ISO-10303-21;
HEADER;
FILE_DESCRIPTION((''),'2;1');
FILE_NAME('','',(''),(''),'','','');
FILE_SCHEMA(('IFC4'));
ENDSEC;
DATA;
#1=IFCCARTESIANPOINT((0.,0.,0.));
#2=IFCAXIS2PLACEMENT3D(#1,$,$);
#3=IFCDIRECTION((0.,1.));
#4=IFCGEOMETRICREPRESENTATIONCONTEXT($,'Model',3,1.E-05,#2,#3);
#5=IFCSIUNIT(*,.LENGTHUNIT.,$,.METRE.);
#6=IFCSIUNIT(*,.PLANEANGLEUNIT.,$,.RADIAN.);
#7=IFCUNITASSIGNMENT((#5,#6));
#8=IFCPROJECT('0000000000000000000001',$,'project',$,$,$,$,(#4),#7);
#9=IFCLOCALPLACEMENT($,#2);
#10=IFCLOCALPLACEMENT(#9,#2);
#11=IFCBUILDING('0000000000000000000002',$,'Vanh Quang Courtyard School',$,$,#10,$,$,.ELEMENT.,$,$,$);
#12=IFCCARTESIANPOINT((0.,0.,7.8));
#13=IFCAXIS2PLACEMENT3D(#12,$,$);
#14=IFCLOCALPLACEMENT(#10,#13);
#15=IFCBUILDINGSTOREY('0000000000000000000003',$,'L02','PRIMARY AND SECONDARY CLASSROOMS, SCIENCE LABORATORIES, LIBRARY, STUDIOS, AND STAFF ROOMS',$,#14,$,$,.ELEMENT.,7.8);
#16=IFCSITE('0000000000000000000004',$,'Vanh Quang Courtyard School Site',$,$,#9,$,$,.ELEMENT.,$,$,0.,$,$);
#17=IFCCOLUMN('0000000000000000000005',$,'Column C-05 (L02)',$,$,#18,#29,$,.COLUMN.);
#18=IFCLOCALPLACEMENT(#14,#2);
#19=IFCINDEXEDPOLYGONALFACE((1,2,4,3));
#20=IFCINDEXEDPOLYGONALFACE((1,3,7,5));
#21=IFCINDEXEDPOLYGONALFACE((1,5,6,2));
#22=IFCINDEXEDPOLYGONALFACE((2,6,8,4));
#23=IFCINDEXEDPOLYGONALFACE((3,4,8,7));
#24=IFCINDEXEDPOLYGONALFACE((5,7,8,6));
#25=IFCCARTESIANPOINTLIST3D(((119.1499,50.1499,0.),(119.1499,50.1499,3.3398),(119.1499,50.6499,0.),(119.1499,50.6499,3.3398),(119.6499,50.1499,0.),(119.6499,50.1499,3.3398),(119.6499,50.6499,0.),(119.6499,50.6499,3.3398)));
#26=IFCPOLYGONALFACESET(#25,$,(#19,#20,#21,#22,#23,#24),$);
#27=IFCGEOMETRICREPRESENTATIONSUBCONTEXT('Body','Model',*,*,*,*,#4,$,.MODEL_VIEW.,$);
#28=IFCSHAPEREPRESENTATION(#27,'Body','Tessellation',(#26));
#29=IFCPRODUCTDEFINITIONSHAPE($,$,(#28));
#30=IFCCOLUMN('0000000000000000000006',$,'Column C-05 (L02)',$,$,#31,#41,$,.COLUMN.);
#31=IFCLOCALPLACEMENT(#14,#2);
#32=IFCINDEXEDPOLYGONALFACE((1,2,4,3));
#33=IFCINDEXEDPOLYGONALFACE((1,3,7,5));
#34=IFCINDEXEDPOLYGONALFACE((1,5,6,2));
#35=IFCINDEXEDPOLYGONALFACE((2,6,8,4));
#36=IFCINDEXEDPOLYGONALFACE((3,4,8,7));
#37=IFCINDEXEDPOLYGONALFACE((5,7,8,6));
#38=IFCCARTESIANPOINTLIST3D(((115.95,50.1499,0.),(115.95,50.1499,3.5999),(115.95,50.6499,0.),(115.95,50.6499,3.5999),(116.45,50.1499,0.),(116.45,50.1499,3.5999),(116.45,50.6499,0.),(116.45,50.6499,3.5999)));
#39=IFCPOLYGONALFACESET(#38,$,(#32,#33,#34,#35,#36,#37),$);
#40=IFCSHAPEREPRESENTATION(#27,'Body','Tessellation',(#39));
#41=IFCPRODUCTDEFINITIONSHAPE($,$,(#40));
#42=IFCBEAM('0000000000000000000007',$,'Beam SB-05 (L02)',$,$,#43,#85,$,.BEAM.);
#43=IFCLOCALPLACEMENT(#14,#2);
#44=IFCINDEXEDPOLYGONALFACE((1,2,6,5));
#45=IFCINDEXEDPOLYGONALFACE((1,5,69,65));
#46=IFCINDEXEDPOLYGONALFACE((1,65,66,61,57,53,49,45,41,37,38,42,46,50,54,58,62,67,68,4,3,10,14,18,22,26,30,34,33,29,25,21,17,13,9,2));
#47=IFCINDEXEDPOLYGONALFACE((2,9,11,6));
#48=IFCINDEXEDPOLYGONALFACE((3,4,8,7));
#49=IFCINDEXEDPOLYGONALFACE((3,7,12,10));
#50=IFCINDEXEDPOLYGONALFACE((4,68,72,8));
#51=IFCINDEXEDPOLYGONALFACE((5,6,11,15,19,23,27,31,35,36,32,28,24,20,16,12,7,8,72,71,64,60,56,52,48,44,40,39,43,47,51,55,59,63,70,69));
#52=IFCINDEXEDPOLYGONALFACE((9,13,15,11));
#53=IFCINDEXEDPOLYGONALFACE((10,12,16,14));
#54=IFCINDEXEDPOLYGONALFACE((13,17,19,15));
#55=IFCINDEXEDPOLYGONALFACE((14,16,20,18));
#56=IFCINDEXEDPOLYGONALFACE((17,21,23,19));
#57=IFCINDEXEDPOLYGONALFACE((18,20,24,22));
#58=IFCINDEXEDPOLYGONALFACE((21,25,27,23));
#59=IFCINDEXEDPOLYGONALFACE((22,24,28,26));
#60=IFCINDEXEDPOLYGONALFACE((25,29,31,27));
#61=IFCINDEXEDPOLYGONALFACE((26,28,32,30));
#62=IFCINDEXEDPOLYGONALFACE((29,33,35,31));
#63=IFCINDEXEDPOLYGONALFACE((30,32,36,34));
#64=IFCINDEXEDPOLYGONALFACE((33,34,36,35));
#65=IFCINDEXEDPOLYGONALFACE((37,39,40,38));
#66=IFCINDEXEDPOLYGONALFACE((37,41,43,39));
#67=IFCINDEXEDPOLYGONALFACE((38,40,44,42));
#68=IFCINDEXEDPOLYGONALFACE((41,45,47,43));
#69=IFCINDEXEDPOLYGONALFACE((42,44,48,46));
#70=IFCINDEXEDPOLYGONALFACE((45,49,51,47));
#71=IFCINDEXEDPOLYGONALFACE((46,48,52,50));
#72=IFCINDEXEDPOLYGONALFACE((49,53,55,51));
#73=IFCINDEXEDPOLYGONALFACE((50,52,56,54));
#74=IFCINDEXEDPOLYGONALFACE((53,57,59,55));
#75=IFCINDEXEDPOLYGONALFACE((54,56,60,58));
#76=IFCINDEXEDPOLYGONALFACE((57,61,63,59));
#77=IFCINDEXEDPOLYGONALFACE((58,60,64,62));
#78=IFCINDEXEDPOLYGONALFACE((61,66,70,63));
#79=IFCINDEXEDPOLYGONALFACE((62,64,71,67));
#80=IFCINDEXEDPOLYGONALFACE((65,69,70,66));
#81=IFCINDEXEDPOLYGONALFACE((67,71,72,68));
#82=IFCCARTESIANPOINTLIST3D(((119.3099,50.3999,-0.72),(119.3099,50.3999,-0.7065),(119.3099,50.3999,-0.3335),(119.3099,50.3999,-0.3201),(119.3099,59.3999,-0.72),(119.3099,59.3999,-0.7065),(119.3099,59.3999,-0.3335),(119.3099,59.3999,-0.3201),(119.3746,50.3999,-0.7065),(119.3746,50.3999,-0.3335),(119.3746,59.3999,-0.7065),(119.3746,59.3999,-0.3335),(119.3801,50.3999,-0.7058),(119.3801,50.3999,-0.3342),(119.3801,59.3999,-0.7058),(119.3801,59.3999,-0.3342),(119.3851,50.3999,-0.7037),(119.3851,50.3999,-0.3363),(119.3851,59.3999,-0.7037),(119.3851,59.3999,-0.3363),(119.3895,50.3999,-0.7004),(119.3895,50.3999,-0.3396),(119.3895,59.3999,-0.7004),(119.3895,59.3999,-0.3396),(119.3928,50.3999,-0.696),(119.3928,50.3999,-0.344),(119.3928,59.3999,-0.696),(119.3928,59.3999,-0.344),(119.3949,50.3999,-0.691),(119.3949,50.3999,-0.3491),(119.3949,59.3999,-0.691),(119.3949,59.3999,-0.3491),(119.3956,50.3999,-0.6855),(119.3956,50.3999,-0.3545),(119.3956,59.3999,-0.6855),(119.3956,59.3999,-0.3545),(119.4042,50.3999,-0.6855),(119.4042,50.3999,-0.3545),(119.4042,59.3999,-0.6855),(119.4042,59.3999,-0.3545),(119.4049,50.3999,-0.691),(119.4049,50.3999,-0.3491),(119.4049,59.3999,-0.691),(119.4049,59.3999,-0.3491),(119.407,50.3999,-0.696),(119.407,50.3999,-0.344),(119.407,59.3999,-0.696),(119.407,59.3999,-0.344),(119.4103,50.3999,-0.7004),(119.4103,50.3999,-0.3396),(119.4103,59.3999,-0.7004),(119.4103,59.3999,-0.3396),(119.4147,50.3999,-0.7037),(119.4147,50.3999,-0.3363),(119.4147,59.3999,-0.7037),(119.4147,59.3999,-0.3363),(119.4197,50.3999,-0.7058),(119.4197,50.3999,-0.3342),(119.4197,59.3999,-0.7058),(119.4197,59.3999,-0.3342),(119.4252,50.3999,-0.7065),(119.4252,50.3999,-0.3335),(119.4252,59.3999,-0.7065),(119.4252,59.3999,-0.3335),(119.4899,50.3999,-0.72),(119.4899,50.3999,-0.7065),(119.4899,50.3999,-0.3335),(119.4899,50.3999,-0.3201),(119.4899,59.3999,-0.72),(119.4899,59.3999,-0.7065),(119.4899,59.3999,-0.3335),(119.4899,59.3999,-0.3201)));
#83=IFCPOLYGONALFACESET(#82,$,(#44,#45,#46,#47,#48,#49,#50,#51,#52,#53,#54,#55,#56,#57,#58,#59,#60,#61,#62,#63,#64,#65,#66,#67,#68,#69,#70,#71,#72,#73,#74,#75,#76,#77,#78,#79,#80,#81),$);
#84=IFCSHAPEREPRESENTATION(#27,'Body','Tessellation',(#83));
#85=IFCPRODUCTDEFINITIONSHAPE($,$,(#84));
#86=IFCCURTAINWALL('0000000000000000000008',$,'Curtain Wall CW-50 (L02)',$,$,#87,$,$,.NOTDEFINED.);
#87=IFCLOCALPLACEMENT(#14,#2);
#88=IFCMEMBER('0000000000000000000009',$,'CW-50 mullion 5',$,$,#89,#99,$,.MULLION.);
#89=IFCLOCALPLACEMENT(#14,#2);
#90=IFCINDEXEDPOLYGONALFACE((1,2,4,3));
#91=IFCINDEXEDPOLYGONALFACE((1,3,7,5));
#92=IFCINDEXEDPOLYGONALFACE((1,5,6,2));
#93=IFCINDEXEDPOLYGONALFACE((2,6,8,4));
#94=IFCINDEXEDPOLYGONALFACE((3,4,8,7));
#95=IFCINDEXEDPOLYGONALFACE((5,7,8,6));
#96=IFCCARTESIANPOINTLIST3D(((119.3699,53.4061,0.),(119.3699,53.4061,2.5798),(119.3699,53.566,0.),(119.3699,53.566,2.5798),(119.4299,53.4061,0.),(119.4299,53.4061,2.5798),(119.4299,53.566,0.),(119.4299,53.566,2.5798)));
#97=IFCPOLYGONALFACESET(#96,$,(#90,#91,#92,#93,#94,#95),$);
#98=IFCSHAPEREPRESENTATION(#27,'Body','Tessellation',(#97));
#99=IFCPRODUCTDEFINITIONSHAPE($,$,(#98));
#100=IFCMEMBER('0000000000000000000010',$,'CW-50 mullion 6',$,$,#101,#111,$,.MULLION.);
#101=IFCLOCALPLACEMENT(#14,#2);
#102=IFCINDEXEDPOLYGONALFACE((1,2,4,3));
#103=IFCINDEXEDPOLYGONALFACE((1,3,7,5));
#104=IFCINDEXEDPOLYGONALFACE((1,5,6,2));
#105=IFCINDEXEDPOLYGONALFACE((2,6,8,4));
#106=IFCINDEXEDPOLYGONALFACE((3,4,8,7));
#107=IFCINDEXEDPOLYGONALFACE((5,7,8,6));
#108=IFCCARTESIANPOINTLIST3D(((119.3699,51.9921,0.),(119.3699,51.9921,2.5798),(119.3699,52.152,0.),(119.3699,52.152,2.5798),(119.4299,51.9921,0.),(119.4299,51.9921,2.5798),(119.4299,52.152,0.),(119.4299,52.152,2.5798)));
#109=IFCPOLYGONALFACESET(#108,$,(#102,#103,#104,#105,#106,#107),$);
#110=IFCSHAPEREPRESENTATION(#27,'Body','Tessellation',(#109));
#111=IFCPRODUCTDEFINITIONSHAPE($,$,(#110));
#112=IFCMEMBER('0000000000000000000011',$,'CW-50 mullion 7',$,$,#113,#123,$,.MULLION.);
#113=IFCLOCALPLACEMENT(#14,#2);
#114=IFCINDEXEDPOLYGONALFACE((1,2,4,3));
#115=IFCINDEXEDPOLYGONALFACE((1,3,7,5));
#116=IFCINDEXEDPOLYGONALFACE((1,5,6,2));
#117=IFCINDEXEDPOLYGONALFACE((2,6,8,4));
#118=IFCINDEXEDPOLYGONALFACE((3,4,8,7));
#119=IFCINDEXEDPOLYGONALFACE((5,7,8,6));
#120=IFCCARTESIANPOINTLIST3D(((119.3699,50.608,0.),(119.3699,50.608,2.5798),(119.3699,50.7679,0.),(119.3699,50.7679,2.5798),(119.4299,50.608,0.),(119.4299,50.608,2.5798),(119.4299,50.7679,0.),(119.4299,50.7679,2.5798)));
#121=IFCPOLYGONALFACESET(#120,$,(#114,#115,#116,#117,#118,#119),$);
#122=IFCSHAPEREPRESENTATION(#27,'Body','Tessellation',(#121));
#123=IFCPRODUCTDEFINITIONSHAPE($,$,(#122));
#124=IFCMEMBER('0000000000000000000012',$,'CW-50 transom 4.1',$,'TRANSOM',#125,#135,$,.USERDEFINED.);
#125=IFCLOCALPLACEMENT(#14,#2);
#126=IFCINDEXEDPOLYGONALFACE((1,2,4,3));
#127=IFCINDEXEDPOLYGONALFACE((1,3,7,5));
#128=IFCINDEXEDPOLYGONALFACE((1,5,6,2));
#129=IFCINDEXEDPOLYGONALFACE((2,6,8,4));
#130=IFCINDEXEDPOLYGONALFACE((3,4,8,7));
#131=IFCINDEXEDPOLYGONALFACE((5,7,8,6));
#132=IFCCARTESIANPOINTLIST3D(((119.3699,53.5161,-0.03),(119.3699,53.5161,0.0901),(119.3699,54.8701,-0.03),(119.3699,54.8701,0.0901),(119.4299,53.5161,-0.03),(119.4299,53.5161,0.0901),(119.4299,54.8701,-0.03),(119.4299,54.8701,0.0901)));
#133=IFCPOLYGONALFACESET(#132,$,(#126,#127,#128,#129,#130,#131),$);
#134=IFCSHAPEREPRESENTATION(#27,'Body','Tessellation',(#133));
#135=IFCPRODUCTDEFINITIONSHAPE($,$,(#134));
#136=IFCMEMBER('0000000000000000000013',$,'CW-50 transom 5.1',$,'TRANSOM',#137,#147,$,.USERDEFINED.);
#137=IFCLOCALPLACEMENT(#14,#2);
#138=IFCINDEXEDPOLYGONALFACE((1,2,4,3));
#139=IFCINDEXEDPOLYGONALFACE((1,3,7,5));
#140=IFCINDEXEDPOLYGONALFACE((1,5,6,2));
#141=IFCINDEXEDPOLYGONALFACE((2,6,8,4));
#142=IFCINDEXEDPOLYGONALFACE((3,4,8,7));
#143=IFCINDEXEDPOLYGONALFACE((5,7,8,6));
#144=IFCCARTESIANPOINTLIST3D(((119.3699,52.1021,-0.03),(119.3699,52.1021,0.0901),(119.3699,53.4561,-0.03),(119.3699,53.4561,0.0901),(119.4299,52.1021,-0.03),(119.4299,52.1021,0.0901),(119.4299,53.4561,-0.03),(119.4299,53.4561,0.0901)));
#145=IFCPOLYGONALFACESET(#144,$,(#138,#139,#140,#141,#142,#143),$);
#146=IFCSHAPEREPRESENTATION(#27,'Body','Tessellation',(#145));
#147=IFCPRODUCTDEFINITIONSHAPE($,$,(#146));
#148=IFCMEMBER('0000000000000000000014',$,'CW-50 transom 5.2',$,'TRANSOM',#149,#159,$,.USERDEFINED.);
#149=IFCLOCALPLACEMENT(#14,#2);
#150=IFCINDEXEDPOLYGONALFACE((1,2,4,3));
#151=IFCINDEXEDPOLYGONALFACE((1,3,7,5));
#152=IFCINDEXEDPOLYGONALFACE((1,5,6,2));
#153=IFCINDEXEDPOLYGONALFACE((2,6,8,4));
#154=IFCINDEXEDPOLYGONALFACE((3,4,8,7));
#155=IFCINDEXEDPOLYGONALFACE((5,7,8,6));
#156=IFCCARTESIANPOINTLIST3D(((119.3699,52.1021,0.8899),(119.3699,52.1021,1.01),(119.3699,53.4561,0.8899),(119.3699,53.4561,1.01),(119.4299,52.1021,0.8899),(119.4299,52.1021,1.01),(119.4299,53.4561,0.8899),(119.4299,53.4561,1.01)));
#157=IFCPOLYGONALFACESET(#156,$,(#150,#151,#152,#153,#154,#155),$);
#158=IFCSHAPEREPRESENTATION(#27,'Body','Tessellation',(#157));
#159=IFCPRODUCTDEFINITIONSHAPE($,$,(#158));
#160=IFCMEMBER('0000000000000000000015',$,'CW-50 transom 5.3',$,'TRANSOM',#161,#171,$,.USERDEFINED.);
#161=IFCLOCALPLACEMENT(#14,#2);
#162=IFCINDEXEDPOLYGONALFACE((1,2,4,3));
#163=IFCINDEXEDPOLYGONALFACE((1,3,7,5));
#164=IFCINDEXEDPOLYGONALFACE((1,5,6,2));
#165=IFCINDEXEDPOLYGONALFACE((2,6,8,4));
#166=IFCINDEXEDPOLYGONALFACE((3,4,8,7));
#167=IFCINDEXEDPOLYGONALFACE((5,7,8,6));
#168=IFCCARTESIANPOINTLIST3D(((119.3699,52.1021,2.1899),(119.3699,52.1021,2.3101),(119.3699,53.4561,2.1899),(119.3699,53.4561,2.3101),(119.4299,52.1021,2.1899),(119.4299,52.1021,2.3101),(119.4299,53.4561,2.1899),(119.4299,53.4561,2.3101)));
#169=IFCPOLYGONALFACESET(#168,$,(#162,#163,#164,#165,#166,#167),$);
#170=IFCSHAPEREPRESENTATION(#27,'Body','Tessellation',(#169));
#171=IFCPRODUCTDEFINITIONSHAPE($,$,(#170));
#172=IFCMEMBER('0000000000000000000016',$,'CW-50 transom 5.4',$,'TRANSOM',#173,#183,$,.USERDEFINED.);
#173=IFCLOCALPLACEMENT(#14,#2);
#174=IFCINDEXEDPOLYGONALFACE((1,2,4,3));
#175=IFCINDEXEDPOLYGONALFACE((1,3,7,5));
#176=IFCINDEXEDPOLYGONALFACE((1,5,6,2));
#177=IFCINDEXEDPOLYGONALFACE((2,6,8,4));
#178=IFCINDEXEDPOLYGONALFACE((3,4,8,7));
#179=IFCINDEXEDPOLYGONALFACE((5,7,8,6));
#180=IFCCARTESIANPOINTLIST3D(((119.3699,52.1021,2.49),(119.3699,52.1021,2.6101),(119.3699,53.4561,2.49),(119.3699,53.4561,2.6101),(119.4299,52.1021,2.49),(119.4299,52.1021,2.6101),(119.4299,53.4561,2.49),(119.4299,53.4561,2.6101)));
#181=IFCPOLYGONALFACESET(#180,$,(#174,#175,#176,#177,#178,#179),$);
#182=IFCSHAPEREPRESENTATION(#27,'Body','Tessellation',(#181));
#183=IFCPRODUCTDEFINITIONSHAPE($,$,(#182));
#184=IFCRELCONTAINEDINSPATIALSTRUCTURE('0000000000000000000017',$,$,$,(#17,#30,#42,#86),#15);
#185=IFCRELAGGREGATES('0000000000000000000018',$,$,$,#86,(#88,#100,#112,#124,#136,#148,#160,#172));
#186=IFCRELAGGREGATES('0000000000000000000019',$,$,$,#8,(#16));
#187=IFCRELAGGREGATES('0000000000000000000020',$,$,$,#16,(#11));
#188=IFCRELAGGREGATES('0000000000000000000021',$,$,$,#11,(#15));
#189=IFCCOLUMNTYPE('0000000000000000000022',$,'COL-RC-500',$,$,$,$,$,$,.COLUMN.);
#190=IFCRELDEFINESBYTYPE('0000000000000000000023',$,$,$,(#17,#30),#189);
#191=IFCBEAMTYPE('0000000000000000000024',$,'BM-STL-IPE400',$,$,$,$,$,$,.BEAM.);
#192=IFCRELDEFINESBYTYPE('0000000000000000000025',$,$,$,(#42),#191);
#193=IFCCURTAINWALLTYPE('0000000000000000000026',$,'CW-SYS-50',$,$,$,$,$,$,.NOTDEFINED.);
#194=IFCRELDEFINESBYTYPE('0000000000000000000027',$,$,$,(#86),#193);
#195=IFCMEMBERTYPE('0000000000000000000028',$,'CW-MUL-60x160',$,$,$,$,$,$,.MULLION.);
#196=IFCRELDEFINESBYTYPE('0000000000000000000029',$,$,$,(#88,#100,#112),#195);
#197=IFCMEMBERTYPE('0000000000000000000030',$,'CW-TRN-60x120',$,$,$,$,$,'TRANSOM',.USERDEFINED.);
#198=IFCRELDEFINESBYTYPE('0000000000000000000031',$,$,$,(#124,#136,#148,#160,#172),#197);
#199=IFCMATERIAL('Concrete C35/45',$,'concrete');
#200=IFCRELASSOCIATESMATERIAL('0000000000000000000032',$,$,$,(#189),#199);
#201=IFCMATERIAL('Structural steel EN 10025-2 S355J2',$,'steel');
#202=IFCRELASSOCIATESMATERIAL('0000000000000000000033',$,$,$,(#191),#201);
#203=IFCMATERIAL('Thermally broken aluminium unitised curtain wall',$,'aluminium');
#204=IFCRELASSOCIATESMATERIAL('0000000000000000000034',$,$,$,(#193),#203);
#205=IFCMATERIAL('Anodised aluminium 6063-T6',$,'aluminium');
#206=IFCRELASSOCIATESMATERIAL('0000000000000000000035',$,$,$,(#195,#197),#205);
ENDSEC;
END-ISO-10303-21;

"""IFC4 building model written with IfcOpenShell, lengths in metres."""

from ifc_helpers import new_model, si_unit, direction, frame, origin, origin_2d, place, context, subcontext, project, spatial, rectangle, i_section, extrude, material, material_profile, profile_set, type_object, element, aggregate, save


model = new_model("IFC4")

# Units and contexts
model_context = context("Model", 3, precision=1e-05, world=origin(), true_north=direction((0.0, 1.0)))
body_context = subcontext(model_context, "Body", "Model", "MODEL_VIEW")
ifc_project = project(units=[si_unit("LENGTHUNIT", "METRE"), si_unit("PLANEANGLEUNIT", "RADIAN")], contexts=[model_context])

# Site, building, storey
site_placement = place(None, origin())
site = spatial("IfcSite", under=ifc_project, at=site_placement, Name="Vanh Quang Courtyard School Site", CompositionType="ELEMENT", RefElevation=0.0)
building_placement = place(site_placement, origin())
building = spatial("IfcBuilding", under=site, at=building_placement, Name="Vanh Quang Courtyard School", CompositionType="ELEMENT")
storey_placement = place(building_placement, frame((0.0, 0.0, 7.8)))
storey = spatial("IfcBuildingStorey", under=building, at=storey_placement, Name="L02", Description="PRIMARY AND SECONDARY CLASSROOMS, SCIENCE LABORATORIES, LIBRARY, STUDIOS, AND STAFF ROOMS", CompositionType="ELEMENT", Elevation=7.8)

# Columns
ifc_material_1 = material(Name="Concrete C35/45", Category="concrete")
ifc_material_profile_1 = material_profile(ifc_material_1, rectangle(XDim=0.5, YDim=0.5, at=origin_2d()), Name="RC-COL 500x500")
ifc_profile_set_1 = profile_set([ifc_material_profile_1], Name="Concrete C35/45")
column_type = type_object("IfcColumnType", Name="COL-RC-500", PredefinedType="COLUMN", material=ifc_profile_set_1)
column_1_placement = place(storey_placement, frame((119.3999, 50.3999, 0.0), z_axis=(0.0, 0.0, 1.0), x_axis=(1.0, 0.0, 0.0)))
element("IfcColumn", 1, at=column_1_placement, inside=storey, type_object=column_type, Name="Column C-05 (L02)", PredefinedType="COLUMN", context=body_context, shape_type="SweptSolid", body=[
    extrude(rectangle(XDim=0.5, YDim=0.5, at=origin_2d()), origin(), (0.0, 0.0, 1.0), 3.3398),
])
column_2_placement = place(storey_placement, frame((116.2, 50.3999, 0.0), z_axis=(0.0, 0.0, 1.0), x_axis=(1.0, 0.0, 0.0)))
element("IfcColumn", 2, at=column_2_placement, inside=storey, type_object=column_type, Name="Column C-05 (L02)", PredefinedType="COLUMN", context=body_context, shape_type="SweptSolid", body=[
    extrude(rectangle(XDim=0.5, YDim=0.5, at=origin_2d()), origin(), (0.0, 0.0, 1.0), 3.5999),
])

# Beam
ifc_material_2 = material(Name="Structural steel EN 10025-2 S355J2", Category="steel")
ifc_material_profile_2 = material_profile(ifc_material_2, i_section(OverallWidth=0.1799, OverallDepth=0.3999, WebThickness=0.0085, FlangeThickness=0.0134, FilletRadius=0.021, at=origin_2d()), Name="IPE 400")
ifc_profile_set_2 = profile_set([ifc_material_profile_2], Name="Structural steel EN 10025-2 S355J2")
beam_type = type_object("IfcBeamType", Name="BM-STL-IPE400", PredefinedType="BEAM", material=ifc_profile_set_2)
beam_placement = place(storey_placement, frame((119.3999, 50.3999, -0.52), z_axis=(0.0, 1.0, 0.0), x_axis=(-1.0, 0.0, 0.0)))
element("IfcBeam", 3, at=beam_placement, inside=storey, type_object=beam_type, Name="Beam SB-05 (L02)", PredefinedType="BEAM", context=body_context, shape_type="SweptSolid", body=[
    extrude(i_section(OverallWidth=0.1799, OverallDepth=0.3999, WebThickness=0.0085, FlangeThickness=0.0134, FilletRadius=0.021, at=origin_2d()), origin(), (0.0, 0.0, 1.0), 9.0),
])

# Curtain wall, members
ifc_material_3 = material(Name="Thermally broken aluminium unitised curtain wall", Category="aluminium")
curtain_wall_type = type_object("IfcCurtainWallType", Name="CW-SYS-50", PredefinedType="NOTDEFINED", material=ifc_material_3)
curtain_wall_placement = place(storey_placement, origin())
curtain_wall = element("IfcCurtainWall", 4, at=curtain_wall_placement, inside=storey, type_object=curtain_wall_type, Name="Curtain Wall CW-50 (L02)", PredefinedType="NOTDEFINED")
ifc_material_4 = material(Name="Anodised aluminium 6063-T6", Category="aluminium")
ifc_material_profile_3 = material_profile(ifc_material_4, rectangle(XDim=0.0601, YDim=0.1599, at=origin_2d()), Name="ALU-MUL 60x160")
ifc_profile_set_3 = profile_set([ifc_material_profile_3], Name="Anodised aluminium 6063-T6")
member_type_1 = type_object("IfcMemberType", Name="CW-MUL-60x160", PredefinedType="MULLION", material=ifc_profile_set_3)
member_1_placement = place(storey_placement, frame((119.3999, 53.4861, 0.0), z_axis=(0.0, 0.0, 1.0), x_axis=(1.0, 0.0, 0.0)))
member_1 = element("IfcMember", 5, at=member_1_placement, type_object=member_type_1, Name="CW-50 mullion 5", PredefinedType="MULLION", context=body_context, shape_type="SweptSolid", body=[
    extrude(rectangle(XDim=0.0601, YDim=0.1599, at=origin_2d()), origin(), (0.0, 0.0, 1.0), 2.5798),
])
member_2_placement = place(storey_placement, frame((119.3999, 52.072, 0.0), z_axis=(0.0, 0.0, 1.0), x_axis=(1.0, 0.0, 0.0)))
member_2 = element("IfcMember", 6, at=member_2_placement, type_object=member_type_1, Name="CW-50 mullion 6", PredefinedType="MULLION", context=body_context, shape_type="SweptSolid", body=[
    extrude(rectangle(XDim=0.0601, YDim=0.1599, at=origin_2d()), origin(), (0.0, 0.0, 1.0), 2.5798),
])
member_3_placement = place(storey_placement, frame((119.3999, 50.688, 0.0), z_axis=(0.0, 0.0, 1.0), x_axis=(1.0, 0.0, 0.0)))
member_3 = element("IfcMember", 7, at=member_3_placement, type_object=member_type_1, Name="CW-50 mullion 7", PredefinedType="MULLION", context=body_context, shape_type="SweptSolid", body=[
    extrude(rectangle(XDim=0.0601, YDim=0.1599, at=origin_2d()), origin(), (0.0, 0.0, 1.0), 2.5798),
])
ifc_material_profile_4 = material_profile(ifc_material_4, rectangle(XDim=0.0601, YDim=0.1201, at=origin_2d()), Name="ALU-TRN 60x120")
ifc_profile_set_4 = profile_set([ifc_material_profile_4], Name="Anodised aluminium 6063-T6")
member_type_2 = type_object("IfcMemberType", Name="CW-TRN-60x120", ElementType="TRANSOM", PredefinedType="USERDEFINED", material=ifc_profile_set_4)
member_4_placement = place(storey_placement, frame((119.3999, 54.8701, 0.03), z_axis=(0.0, -1.0, 0.0), x_axis=(1.0, 0.0, 0.0)))
member_4 = element("IfcMember", 8, at=member_4_placement, type_object=member_type_2, Name="CW-50 transom 4.1", ObjectType="TRANSOM", PredefinedType="USERDEFINED", context=body_context, shape_type="SweptSolid", body=[
    extrude(rectangle(XDim=0.0601, YDim=0.1201, at=origin_2d()), origin(), (0.0, 0.0, 1.0), 1.354),
])
member_5_placement = place(storey_placement, frame((119.3999, 53.4561, 0.03), z_axis=(0.0, -1.0, 0.0), x_axis=(1.0, 0.0, 0.0)))
member_5 = element("IfcMember", 9, at=member_5_placement, type_object=member_type_2, Name="CW-50 transom 5.1", ObjectType="TRANSOM", PredefinedType="USERDEFINED", context=body_context, shape_type="SweptSolid", body=[
    extrude(rectangle(XDim=0.0601, YDim=0.1201, at=origin_2d()), origin(), (0.0, 0.0, 1.0), 1.354),
])
member_6_placement = place(storey_placement, frame((119.3999, 53.4561, 0.95), z_axis=(0.0, -1.0, 0.0), x_axis=(1.0, 0.0, 0.0)))
member_6 = element("IfcMember", 10, at=member_6_placement, type_object=member_type_2, Name="CW-50 transom 5.2", ObjectType="TRANSOM", PredefinedType="USERDEFINED", context=body_context, shape_type="SweptSolid", body=[
    extrude(rectangle(XDim=0.0601, YDim=0.1201, at=origin_2d()), origin(), (0.0, 0.0, 1.0), 1.354),
])
member_7_placement = place(storey_placement, frame((119.3999, 53.4561, 2.25), z_axis=(0.0, -1.0, 0.0), x_axis=(1.0, 0.0, 0.0)))
member_7 = element("IfcMember", 11, at=member_7_placement, type_object=member_type_2, Name="CW-50 transom 5.3", ObjectType="TRANSOM", PredefinedType="USERDEFINED", context=body_context, shape_type="SweptSolid", body=[
    extrude(rectangle(XDim=0.0601, YDim=0.1201, at=origin_2d()), origin(), (0.0, 0.0, 1.0), 1.354),
])
member_8_placement = place(storey_placement, frame((119.3999, 53.4561, 2.55), z_axis=(0.0, -1.0, 0.0), x_axis=(1.0, 0.0, 0.0)))
member_8 = element("IfcMember", 12, at=member_8_placement, type_object=member_type_2, Name="CW-50 transom 5.4", ObjectType="TRANSOM", PredefinedType="USERDEFINED", context=body_context, shape_type="SweptSolid", body=[
    extrude(rectangle(XDim=0.0601, YDim=0.1201, at=origin_2d()), origin(), (0.0, 0.0, 1.0), 1.354),
])
aggregate(curtain_wall, [member_1, member_2, member_3, member_4, member_5, member_6, member_7, member_8])

save(model, "model.ifc")
